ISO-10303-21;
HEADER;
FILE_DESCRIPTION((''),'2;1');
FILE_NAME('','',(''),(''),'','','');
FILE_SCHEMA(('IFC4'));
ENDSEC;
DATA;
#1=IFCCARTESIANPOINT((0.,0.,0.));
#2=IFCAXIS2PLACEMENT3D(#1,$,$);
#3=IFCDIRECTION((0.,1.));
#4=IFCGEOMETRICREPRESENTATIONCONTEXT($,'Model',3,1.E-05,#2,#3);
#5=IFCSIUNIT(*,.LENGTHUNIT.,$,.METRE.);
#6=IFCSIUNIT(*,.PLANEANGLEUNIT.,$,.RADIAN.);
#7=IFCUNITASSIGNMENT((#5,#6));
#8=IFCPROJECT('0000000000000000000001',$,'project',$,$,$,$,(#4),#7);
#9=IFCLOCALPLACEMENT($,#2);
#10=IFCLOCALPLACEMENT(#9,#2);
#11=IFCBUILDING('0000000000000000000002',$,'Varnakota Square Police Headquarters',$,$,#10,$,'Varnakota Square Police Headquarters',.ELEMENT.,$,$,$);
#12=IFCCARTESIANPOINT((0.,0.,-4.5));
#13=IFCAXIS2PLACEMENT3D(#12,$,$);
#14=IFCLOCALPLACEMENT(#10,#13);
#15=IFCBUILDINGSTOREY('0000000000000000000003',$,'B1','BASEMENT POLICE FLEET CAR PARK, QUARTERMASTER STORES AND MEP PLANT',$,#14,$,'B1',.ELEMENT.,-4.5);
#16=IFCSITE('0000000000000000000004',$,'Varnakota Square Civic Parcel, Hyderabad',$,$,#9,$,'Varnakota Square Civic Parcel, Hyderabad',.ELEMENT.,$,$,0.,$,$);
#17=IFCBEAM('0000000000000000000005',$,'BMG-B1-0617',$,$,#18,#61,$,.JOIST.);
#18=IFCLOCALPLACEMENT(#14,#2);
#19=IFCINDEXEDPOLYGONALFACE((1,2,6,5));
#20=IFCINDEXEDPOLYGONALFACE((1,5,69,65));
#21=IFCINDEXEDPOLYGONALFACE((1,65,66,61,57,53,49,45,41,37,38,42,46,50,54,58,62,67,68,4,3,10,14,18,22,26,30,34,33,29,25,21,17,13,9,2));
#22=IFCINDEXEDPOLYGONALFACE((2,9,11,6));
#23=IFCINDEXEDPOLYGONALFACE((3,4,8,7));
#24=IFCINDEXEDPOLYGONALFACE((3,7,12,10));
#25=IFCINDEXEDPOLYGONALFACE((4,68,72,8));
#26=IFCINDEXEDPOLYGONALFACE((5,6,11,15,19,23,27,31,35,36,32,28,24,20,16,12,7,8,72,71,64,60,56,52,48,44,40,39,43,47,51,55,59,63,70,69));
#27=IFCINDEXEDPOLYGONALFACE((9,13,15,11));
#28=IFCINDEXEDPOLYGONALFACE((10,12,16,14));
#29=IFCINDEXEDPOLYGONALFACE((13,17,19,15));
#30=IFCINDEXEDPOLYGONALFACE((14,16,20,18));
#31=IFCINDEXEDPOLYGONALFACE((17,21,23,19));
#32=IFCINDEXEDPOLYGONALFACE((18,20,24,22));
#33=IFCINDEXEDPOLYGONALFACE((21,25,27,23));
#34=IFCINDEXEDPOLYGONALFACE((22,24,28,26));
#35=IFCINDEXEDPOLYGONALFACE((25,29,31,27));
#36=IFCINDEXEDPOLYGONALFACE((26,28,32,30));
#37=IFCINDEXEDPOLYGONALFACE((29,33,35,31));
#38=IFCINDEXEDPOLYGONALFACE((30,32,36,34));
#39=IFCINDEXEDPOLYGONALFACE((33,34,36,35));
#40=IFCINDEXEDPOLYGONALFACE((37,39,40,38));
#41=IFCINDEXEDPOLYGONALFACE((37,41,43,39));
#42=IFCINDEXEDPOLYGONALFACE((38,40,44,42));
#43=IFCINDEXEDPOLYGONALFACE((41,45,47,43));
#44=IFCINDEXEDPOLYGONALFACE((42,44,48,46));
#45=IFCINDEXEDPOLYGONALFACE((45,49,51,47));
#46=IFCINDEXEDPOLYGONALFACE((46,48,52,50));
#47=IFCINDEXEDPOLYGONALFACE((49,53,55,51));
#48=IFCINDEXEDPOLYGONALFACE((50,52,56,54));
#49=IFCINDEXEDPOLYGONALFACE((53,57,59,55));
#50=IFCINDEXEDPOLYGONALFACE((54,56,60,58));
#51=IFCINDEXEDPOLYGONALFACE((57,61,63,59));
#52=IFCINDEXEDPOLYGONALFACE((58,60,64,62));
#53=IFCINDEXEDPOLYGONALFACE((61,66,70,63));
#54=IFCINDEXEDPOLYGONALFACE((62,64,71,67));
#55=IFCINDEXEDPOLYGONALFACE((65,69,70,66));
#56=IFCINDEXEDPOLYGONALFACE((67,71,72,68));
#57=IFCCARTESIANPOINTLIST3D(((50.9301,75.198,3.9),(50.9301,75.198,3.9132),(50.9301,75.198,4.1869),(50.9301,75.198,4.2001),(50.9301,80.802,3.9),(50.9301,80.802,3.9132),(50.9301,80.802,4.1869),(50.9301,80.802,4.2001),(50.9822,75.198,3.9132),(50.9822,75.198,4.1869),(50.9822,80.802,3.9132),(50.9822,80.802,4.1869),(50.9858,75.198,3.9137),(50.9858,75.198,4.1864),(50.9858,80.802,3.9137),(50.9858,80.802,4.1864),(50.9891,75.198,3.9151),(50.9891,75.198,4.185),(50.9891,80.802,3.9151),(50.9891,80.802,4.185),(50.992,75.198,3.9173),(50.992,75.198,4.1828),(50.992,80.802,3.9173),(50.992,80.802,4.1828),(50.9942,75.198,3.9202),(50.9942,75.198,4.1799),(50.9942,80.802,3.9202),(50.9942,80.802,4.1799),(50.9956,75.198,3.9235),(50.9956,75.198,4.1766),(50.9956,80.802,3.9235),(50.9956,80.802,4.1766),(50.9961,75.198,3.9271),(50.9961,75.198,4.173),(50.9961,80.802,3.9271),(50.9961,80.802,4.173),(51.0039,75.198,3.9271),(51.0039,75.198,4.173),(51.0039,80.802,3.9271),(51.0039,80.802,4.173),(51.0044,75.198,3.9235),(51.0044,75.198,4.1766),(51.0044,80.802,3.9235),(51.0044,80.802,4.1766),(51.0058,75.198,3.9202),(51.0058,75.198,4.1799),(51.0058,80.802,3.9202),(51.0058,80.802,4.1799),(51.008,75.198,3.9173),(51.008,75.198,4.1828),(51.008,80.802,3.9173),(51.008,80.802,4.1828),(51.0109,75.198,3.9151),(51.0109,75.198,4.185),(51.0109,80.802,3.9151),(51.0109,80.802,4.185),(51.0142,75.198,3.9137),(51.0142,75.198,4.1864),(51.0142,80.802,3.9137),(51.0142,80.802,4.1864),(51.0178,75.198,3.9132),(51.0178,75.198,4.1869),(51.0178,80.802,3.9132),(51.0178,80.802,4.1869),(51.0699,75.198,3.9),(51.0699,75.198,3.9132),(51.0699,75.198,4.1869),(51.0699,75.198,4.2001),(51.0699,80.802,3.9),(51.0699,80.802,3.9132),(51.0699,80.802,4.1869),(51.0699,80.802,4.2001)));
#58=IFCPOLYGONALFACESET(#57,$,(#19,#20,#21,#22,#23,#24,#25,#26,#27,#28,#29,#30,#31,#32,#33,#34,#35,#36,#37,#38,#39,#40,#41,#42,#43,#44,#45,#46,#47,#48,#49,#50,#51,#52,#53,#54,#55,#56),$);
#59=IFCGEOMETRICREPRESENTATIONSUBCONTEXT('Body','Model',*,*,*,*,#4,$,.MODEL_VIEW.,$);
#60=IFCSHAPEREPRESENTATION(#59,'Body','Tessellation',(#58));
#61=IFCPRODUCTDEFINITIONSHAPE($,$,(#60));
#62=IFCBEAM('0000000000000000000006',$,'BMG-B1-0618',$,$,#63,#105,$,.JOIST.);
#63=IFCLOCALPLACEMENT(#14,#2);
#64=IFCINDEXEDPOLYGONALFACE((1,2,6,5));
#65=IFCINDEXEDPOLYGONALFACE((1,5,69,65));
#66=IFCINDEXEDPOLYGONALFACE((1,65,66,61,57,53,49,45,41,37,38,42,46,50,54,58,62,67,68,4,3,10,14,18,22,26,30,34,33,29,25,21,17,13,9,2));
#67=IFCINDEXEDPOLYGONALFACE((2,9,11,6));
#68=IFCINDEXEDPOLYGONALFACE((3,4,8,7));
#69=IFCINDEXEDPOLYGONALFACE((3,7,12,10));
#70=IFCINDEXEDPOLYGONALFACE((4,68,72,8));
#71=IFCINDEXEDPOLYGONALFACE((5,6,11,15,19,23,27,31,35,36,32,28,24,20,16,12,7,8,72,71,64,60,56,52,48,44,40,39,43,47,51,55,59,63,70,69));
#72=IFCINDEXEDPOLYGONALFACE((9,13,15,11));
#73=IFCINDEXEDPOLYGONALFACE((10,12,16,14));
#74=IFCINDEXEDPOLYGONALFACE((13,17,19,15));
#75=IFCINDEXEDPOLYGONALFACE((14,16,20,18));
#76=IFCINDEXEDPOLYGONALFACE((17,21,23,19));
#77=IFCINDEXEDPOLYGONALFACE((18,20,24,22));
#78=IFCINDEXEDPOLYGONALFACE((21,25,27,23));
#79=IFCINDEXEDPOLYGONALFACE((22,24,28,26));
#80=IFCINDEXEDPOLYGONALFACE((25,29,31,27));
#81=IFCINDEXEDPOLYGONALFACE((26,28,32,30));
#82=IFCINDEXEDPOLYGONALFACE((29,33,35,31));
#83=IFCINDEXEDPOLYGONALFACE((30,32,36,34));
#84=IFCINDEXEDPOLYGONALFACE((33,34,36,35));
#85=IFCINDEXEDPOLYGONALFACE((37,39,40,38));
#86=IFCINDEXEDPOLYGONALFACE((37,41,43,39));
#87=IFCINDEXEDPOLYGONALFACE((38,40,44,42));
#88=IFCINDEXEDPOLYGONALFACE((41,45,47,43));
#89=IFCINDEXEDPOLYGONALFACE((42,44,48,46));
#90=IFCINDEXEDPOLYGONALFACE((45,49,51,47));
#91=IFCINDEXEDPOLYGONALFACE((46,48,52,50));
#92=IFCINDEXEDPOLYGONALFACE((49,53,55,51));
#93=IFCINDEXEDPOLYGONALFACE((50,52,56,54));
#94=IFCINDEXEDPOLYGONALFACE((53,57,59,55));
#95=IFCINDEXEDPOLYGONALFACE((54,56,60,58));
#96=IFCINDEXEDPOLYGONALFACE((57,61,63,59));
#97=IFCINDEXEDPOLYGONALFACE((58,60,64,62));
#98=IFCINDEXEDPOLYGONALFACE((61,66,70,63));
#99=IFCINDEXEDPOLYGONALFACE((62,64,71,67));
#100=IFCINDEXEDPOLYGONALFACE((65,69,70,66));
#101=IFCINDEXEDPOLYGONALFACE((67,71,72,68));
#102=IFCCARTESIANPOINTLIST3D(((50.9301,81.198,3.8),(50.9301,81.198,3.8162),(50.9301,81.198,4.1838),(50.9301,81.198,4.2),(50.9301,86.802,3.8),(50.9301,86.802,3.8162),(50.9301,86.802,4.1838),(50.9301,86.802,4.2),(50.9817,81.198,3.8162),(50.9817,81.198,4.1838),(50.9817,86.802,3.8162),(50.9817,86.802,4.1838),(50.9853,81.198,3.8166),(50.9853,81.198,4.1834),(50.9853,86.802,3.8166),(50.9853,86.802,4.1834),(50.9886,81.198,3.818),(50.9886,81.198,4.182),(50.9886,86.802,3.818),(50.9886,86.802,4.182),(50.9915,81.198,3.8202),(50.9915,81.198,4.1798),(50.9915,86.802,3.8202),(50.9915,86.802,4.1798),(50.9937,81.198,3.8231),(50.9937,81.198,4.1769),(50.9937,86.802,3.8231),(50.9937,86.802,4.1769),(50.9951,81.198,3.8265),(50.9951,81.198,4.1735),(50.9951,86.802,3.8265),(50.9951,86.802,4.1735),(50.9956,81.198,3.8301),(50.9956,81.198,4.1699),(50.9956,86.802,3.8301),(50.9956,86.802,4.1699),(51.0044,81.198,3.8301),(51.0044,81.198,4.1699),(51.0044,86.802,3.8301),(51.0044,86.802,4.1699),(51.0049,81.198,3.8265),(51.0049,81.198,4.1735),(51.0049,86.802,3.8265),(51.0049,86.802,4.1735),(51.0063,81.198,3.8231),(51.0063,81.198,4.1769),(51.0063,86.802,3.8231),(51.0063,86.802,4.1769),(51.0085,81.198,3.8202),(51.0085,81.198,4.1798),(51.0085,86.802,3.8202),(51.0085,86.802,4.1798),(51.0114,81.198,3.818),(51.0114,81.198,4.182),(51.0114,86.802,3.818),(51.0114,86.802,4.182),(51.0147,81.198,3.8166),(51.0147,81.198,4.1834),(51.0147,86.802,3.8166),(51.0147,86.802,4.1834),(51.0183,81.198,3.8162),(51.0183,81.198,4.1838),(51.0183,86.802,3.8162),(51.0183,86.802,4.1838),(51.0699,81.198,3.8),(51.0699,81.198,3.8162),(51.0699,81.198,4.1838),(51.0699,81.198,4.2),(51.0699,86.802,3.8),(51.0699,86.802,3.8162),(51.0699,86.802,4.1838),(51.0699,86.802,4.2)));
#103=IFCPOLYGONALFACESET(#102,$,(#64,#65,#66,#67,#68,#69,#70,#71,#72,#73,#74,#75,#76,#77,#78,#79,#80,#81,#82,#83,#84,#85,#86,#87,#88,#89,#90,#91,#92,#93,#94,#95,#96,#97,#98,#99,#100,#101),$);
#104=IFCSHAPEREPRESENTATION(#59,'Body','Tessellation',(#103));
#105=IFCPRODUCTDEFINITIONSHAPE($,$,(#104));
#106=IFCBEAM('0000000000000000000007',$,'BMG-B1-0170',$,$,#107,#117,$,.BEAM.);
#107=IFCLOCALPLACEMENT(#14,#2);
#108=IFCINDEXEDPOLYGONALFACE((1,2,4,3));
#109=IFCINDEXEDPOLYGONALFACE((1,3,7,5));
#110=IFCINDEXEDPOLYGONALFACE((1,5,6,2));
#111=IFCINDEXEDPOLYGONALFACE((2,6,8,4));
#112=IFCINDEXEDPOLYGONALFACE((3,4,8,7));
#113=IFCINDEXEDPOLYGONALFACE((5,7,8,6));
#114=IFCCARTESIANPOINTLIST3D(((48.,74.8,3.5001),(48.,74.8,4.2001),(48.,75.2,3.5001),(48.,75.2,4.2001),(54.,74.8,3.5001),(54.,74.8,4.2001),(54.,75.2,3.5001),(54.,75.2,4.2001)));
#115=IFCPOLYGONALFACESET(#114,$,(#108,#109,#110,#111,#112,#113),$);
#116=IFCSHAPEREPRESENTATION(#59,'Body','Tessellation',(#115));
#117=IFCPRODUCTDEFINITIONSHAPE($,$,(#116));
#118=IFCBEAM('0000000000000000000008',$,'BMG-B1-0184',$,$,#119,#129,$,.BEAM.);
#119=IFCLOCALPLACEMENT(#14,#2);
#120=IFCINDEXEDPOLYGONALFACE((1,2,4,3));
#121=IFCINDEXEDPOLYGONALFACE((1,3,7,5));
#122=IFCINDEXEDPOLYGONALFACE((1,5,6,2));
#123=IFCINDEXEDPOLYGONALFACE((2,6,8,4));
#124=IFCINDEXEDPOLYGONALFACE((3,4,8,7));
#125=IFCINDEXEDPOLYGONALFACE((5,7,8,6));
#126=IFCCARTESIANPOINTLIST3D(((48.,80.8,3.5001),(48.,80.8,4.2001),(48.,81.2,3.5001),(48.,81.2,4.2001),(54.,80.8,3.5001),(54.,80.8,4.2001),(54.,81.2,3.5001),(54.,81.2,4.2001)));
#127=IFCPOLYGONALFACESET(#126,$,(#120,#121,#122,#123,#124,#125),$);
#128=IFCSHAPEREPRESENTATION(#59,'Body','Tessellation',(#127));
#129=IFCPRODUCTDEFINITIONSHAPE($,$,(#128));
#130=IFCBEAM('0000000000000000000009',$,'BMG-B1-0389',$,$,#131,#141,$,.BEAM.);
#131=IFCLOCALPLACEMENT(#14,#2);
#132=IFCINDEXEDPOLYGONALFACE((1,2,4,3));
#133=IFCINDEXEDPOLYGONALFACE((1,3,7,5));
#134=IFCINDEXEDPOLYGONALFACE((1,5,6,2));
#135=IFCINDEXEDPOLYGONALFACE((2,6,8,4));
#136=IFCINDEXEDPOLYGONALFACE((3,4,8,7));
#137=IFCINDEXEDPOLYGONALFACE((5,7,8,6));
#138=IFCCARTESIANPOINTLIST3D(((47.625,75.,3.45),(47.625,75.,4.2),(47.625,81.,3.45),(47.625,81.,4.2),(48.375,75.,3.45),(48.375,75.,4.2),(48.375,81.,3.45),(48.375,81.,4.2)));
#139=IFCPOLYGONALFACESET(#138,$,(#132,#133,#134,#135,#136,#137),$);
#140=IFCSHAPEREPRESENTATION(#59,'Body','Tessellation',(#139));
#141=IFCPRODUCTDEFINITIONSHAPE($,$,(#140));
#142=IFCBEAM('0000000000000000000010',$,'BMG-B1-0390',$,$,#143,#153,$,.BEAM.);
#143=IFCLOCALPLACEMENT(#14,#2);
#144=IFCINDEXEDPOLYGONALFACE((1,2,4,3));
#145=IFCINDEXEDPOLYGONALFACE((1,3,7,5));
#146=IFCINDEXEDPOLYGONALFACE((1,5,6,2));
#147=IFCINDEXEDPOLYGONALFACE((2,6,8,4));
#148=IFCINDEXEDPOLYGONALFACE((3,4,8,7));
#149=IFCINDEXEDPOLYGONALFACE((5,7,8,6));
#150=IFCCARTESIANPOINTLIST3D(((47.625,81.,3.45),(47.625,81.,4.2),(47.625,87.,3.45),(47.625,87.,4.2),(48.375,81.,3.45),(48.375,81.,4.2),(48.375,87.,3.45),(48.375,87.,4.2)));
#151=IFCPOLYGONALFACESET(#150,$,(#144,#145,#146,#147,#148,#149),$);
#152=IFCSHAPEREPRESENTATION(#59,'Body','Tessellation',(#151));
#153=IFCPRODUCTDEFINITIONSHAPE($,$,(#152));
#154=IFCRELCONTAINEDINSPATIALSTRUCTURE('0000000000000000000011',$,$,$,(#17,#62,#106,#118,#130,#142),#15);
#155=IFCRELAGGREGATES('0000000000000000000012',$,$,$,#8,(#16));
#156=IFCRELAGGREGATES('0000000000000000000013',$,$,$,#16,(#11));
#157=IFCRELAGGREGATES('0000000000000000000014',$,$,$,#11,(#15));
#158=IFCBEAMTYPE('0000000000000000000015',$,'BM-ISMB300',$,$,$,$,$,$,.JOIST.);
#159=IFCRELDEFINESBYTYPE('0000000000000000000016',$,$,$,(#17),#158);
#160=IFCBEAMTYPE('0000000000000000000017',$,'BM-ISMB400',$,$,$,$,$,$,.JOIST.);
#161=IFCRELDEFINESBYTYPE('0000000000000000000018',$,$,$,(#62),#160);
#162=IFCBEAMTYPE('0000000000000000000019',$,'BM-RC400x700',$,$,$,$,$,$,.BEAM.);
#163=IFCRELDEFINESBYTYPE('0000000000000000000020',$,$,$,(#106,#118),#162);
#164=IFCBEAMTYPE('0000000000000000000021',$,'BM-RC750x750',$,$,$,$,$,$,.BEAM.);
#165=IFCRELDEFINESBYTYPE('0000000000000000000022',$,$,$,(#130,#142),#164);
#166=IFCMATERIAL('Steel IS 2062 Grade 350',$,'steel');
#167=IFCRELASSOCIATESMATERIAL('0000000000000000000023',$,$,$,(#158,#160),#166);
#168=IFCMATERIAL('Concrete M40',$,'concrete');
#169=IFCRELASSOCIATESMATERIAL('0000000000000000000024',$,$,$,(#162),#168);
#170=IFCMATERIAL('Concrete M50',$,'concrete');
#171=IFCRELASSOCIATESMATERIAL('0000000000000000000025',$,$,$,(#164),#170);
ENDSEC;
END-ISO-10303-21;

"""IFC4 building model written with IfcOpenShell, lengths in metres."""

from ifc_helpers import new_model, si_unit, direction, frame, origin, origin_2d, place, context, subcontext, project, spatial, rectangle, i_section, extrude, material, material_profile, profile_set, type_object, element, save


model = new_model("IFC4")

# Units and contexts
model_context = context("Model", 3, precision=1e-05, world=origin(), true_north=direction((0.0, 1.0)))
body_context = subcontext(model_context, "Body", "Model", "MODEL_VIEW")
ifc_project = project(units=[si_unit("LENGTHUNIT", "METRE"), si_unit("PLANEANGLEUNIT", "RADIAN")], contexts=[model_context])

# Site, building, storey
site_placement = place(None, origin())
site = spatial("IfcSite", under=ifc_project, at=site_placement, Name="Varnakota Square Civic Parcel, Hyderabad", LongName="Varnakota Square Civic Parcel, Hyderabad", CompositionType="ELEMENT", RefElevation=0.0)
building_placement = place(site_placement, origin())
building = spatial("IfcBuilding", under=site, at=building_placement, Name="Varnakota Square Police Headquarters", LongName="Varnakota Square Police Headquarters", CompositionType="ELEMENT")
storey_placement = place(building_placement, frame((0.0, 0.0, -4.5)))
storey = spatial("IfcBuildingStorey", under=building, at=storey_placement, Name="B1", Description="BASEMENT POLICE FLEET CAR PARK, QUARTERMASTER STORES AND MEP PLANT", LongName="B1", CompositionType="ELEMENT", Elevation=-4.5)

# Shared definitions
ifc_material_1 = material(Name="Concrete M40", Category="concrete")

# Shared definitions
ifc_material_2 = material(Name="Concrete M50", Category="concrete")

# Beams
ifc_material_3 = material(Name="Steel IS 2062 Grade 350", Category="steel")
ifc_material_profile_1 = material_profile(ifc_material_3, i_section(OverallWidth=0.1399, OverallDepth=0.3, WebThickness=0.0078, FlangeThickness=0.0132, FilletRadius=0.0139, at=origin_2d()), Name="ISMB 300")
ifc_profile_set_1 = profile_set([ifc_material_profile_1], Name="Steel IS 2062 Grade 350")
beam_type_1 = type_object("IfcBeamType", Name="BM-ISMB300", PredefinedType="JOIST", material=ifc_profile_set_1)
beam_1_placement = place(storey_placement, frame((51.0, 75.198, 4.05), z_axis=(0.0, 1.0, 0.0), x_axis=(-1.0, 0.0, 0.0)))
element("IfcBeam", 1, at=beam_1_placement, inside=storey, type_object=beam_type_1, Name="BMG-B1-0617", PredefinedType="JOIST", context=body_context, shape_type="SweptSolid", body=[
    extrude(i_section(OverallWidth=0.1399, OverallDepth=0.3, WebThickness=0.0078, FlangeThickness=0.0132, FilletRadius=0.0139, at=origin_2d()), origin(), (0.0, 0.0, 1.0), 5.604),
])
ifc_material_profile_2 = material_profile(ifc_material_3, i_section(OverallWidth=0.1399, OverallDepth=0.3999, WebThickness=0.0088, FlangeThickness=0.0161, FilletRadius=0.0139, at=origin_2d()), Name="ISMB 400")
ifc_profile_set_2 = profile_set([ifc_material_profile_2], Name="Steel IS 2062 Grade 350")
beam_type_2 = type_object("IfcBeamType", Name="BM-ISMB400", PredefinedType="JOIST", material=ifc_profile_set_2)
beam_2_placement = place(storey_placement, frame((51.0, 81.198, 4.0), z_axis=(0.0, 1.0, 0.0), x_axis=(-1.0, 0.0, 0.0)))
element("IfcBeam", 2, at=beam_2_placement, inside=storey, type_object=beam_type_2, Name="BMG-B1-0618", PredefinedType="JOIST", context=body_context, shape_type="SweptSolid", body=[
    extrude(i_section(OverallWidth=0.1399, OverallDepth=0.3999, WebThickness=0.0088, FlangeThickness=0.0161, FilletRadius=0.0139, at=origin_2d()), origin(), (0.0, 0.0, 1.0), 5.604),
])
ifc_material_profile_3 = material_profile(ifc_material_1, rectangle(XDim=0.3999, YDim=0.7, at=origin_2d()), Name="RC 400x700")
ifc_profile_set_3 = profile_set([ifc_material_profile_3], Name="Concrete M40")
beam_type_3 = type_object("IfcBeamType", Name="BM-RC400x700", PredefinedType="BEAM", material=ifc_profile_set_3)
for number, where, z_axis, x_axis, name in (
    (3, (48.0, 75.0, 3.8501), (1.0, 0.0, 0.0), (0.0, 1.0, 0.0), "BMG-B1-0170"),
    (4, (48.0, 81.0, 3.8501), (1.0, 0.0, 0.0), (0.0, 1.0, 0.0), "BMG-B1-0184"),
):
    element("IfcBeam", number, at=place(storey_placement, frame(where, z_axis=z_axis, x_axis=x_axis)), inside=storey, type_object=beam_type_3, Name=name, PredefinedType="BEAM", context=body_context, shape_type="SweptSolid", body=[
        extrude(rectangle(XDim=0.3999, YDim=0.7, at=origin_2d()), origin(), (0.0, 0.0, 1.0), 6.0),
    ])
ifc_material_profile_4 = material_profile(ifc_material_2, rectangle(XDim=0.75, YDim=0.75, at=origin_2d()), Name="RC 750x750")
ifc_profile_set_4 = profile_set([ifc_material_profile_4], Name="Concrete M50")
beam_type_4 = type_object("IfcBeamType", Name="BM-RC750x750", PredefinedType="BEAM", material=ifc_profile_set_4)
for number, where, z_axis, x_axis, name in (
    (5, (48.0, 75.0, 3.825), (0.0, 1.0, 0.0), (-1.0, 0.0, 0.0), "BMG-B1-0389"),
    (6, (48.0, 81.0, 3.825), (0.0, 1.0, 0.0), (-1.0, 0.0, 0.0), "BMG-B1-0390"),
):
    element("IfcBeam", number, at=place(storey_placement, frame(where, z_axis=z_axis, x_axis=x_axis)), inside=storey, type_object=beam_type_4, Name=name, PredefinedType="BEAM", context=body_context, shape_type="SweptSolid", body=[
        extrude(rectangle(XDim=0.75, YDim=0.75, at=origin_2d()), origin(), (0.0, 0.0, 1.0), 6.0),
    ])

save(model, "model.ifc")
